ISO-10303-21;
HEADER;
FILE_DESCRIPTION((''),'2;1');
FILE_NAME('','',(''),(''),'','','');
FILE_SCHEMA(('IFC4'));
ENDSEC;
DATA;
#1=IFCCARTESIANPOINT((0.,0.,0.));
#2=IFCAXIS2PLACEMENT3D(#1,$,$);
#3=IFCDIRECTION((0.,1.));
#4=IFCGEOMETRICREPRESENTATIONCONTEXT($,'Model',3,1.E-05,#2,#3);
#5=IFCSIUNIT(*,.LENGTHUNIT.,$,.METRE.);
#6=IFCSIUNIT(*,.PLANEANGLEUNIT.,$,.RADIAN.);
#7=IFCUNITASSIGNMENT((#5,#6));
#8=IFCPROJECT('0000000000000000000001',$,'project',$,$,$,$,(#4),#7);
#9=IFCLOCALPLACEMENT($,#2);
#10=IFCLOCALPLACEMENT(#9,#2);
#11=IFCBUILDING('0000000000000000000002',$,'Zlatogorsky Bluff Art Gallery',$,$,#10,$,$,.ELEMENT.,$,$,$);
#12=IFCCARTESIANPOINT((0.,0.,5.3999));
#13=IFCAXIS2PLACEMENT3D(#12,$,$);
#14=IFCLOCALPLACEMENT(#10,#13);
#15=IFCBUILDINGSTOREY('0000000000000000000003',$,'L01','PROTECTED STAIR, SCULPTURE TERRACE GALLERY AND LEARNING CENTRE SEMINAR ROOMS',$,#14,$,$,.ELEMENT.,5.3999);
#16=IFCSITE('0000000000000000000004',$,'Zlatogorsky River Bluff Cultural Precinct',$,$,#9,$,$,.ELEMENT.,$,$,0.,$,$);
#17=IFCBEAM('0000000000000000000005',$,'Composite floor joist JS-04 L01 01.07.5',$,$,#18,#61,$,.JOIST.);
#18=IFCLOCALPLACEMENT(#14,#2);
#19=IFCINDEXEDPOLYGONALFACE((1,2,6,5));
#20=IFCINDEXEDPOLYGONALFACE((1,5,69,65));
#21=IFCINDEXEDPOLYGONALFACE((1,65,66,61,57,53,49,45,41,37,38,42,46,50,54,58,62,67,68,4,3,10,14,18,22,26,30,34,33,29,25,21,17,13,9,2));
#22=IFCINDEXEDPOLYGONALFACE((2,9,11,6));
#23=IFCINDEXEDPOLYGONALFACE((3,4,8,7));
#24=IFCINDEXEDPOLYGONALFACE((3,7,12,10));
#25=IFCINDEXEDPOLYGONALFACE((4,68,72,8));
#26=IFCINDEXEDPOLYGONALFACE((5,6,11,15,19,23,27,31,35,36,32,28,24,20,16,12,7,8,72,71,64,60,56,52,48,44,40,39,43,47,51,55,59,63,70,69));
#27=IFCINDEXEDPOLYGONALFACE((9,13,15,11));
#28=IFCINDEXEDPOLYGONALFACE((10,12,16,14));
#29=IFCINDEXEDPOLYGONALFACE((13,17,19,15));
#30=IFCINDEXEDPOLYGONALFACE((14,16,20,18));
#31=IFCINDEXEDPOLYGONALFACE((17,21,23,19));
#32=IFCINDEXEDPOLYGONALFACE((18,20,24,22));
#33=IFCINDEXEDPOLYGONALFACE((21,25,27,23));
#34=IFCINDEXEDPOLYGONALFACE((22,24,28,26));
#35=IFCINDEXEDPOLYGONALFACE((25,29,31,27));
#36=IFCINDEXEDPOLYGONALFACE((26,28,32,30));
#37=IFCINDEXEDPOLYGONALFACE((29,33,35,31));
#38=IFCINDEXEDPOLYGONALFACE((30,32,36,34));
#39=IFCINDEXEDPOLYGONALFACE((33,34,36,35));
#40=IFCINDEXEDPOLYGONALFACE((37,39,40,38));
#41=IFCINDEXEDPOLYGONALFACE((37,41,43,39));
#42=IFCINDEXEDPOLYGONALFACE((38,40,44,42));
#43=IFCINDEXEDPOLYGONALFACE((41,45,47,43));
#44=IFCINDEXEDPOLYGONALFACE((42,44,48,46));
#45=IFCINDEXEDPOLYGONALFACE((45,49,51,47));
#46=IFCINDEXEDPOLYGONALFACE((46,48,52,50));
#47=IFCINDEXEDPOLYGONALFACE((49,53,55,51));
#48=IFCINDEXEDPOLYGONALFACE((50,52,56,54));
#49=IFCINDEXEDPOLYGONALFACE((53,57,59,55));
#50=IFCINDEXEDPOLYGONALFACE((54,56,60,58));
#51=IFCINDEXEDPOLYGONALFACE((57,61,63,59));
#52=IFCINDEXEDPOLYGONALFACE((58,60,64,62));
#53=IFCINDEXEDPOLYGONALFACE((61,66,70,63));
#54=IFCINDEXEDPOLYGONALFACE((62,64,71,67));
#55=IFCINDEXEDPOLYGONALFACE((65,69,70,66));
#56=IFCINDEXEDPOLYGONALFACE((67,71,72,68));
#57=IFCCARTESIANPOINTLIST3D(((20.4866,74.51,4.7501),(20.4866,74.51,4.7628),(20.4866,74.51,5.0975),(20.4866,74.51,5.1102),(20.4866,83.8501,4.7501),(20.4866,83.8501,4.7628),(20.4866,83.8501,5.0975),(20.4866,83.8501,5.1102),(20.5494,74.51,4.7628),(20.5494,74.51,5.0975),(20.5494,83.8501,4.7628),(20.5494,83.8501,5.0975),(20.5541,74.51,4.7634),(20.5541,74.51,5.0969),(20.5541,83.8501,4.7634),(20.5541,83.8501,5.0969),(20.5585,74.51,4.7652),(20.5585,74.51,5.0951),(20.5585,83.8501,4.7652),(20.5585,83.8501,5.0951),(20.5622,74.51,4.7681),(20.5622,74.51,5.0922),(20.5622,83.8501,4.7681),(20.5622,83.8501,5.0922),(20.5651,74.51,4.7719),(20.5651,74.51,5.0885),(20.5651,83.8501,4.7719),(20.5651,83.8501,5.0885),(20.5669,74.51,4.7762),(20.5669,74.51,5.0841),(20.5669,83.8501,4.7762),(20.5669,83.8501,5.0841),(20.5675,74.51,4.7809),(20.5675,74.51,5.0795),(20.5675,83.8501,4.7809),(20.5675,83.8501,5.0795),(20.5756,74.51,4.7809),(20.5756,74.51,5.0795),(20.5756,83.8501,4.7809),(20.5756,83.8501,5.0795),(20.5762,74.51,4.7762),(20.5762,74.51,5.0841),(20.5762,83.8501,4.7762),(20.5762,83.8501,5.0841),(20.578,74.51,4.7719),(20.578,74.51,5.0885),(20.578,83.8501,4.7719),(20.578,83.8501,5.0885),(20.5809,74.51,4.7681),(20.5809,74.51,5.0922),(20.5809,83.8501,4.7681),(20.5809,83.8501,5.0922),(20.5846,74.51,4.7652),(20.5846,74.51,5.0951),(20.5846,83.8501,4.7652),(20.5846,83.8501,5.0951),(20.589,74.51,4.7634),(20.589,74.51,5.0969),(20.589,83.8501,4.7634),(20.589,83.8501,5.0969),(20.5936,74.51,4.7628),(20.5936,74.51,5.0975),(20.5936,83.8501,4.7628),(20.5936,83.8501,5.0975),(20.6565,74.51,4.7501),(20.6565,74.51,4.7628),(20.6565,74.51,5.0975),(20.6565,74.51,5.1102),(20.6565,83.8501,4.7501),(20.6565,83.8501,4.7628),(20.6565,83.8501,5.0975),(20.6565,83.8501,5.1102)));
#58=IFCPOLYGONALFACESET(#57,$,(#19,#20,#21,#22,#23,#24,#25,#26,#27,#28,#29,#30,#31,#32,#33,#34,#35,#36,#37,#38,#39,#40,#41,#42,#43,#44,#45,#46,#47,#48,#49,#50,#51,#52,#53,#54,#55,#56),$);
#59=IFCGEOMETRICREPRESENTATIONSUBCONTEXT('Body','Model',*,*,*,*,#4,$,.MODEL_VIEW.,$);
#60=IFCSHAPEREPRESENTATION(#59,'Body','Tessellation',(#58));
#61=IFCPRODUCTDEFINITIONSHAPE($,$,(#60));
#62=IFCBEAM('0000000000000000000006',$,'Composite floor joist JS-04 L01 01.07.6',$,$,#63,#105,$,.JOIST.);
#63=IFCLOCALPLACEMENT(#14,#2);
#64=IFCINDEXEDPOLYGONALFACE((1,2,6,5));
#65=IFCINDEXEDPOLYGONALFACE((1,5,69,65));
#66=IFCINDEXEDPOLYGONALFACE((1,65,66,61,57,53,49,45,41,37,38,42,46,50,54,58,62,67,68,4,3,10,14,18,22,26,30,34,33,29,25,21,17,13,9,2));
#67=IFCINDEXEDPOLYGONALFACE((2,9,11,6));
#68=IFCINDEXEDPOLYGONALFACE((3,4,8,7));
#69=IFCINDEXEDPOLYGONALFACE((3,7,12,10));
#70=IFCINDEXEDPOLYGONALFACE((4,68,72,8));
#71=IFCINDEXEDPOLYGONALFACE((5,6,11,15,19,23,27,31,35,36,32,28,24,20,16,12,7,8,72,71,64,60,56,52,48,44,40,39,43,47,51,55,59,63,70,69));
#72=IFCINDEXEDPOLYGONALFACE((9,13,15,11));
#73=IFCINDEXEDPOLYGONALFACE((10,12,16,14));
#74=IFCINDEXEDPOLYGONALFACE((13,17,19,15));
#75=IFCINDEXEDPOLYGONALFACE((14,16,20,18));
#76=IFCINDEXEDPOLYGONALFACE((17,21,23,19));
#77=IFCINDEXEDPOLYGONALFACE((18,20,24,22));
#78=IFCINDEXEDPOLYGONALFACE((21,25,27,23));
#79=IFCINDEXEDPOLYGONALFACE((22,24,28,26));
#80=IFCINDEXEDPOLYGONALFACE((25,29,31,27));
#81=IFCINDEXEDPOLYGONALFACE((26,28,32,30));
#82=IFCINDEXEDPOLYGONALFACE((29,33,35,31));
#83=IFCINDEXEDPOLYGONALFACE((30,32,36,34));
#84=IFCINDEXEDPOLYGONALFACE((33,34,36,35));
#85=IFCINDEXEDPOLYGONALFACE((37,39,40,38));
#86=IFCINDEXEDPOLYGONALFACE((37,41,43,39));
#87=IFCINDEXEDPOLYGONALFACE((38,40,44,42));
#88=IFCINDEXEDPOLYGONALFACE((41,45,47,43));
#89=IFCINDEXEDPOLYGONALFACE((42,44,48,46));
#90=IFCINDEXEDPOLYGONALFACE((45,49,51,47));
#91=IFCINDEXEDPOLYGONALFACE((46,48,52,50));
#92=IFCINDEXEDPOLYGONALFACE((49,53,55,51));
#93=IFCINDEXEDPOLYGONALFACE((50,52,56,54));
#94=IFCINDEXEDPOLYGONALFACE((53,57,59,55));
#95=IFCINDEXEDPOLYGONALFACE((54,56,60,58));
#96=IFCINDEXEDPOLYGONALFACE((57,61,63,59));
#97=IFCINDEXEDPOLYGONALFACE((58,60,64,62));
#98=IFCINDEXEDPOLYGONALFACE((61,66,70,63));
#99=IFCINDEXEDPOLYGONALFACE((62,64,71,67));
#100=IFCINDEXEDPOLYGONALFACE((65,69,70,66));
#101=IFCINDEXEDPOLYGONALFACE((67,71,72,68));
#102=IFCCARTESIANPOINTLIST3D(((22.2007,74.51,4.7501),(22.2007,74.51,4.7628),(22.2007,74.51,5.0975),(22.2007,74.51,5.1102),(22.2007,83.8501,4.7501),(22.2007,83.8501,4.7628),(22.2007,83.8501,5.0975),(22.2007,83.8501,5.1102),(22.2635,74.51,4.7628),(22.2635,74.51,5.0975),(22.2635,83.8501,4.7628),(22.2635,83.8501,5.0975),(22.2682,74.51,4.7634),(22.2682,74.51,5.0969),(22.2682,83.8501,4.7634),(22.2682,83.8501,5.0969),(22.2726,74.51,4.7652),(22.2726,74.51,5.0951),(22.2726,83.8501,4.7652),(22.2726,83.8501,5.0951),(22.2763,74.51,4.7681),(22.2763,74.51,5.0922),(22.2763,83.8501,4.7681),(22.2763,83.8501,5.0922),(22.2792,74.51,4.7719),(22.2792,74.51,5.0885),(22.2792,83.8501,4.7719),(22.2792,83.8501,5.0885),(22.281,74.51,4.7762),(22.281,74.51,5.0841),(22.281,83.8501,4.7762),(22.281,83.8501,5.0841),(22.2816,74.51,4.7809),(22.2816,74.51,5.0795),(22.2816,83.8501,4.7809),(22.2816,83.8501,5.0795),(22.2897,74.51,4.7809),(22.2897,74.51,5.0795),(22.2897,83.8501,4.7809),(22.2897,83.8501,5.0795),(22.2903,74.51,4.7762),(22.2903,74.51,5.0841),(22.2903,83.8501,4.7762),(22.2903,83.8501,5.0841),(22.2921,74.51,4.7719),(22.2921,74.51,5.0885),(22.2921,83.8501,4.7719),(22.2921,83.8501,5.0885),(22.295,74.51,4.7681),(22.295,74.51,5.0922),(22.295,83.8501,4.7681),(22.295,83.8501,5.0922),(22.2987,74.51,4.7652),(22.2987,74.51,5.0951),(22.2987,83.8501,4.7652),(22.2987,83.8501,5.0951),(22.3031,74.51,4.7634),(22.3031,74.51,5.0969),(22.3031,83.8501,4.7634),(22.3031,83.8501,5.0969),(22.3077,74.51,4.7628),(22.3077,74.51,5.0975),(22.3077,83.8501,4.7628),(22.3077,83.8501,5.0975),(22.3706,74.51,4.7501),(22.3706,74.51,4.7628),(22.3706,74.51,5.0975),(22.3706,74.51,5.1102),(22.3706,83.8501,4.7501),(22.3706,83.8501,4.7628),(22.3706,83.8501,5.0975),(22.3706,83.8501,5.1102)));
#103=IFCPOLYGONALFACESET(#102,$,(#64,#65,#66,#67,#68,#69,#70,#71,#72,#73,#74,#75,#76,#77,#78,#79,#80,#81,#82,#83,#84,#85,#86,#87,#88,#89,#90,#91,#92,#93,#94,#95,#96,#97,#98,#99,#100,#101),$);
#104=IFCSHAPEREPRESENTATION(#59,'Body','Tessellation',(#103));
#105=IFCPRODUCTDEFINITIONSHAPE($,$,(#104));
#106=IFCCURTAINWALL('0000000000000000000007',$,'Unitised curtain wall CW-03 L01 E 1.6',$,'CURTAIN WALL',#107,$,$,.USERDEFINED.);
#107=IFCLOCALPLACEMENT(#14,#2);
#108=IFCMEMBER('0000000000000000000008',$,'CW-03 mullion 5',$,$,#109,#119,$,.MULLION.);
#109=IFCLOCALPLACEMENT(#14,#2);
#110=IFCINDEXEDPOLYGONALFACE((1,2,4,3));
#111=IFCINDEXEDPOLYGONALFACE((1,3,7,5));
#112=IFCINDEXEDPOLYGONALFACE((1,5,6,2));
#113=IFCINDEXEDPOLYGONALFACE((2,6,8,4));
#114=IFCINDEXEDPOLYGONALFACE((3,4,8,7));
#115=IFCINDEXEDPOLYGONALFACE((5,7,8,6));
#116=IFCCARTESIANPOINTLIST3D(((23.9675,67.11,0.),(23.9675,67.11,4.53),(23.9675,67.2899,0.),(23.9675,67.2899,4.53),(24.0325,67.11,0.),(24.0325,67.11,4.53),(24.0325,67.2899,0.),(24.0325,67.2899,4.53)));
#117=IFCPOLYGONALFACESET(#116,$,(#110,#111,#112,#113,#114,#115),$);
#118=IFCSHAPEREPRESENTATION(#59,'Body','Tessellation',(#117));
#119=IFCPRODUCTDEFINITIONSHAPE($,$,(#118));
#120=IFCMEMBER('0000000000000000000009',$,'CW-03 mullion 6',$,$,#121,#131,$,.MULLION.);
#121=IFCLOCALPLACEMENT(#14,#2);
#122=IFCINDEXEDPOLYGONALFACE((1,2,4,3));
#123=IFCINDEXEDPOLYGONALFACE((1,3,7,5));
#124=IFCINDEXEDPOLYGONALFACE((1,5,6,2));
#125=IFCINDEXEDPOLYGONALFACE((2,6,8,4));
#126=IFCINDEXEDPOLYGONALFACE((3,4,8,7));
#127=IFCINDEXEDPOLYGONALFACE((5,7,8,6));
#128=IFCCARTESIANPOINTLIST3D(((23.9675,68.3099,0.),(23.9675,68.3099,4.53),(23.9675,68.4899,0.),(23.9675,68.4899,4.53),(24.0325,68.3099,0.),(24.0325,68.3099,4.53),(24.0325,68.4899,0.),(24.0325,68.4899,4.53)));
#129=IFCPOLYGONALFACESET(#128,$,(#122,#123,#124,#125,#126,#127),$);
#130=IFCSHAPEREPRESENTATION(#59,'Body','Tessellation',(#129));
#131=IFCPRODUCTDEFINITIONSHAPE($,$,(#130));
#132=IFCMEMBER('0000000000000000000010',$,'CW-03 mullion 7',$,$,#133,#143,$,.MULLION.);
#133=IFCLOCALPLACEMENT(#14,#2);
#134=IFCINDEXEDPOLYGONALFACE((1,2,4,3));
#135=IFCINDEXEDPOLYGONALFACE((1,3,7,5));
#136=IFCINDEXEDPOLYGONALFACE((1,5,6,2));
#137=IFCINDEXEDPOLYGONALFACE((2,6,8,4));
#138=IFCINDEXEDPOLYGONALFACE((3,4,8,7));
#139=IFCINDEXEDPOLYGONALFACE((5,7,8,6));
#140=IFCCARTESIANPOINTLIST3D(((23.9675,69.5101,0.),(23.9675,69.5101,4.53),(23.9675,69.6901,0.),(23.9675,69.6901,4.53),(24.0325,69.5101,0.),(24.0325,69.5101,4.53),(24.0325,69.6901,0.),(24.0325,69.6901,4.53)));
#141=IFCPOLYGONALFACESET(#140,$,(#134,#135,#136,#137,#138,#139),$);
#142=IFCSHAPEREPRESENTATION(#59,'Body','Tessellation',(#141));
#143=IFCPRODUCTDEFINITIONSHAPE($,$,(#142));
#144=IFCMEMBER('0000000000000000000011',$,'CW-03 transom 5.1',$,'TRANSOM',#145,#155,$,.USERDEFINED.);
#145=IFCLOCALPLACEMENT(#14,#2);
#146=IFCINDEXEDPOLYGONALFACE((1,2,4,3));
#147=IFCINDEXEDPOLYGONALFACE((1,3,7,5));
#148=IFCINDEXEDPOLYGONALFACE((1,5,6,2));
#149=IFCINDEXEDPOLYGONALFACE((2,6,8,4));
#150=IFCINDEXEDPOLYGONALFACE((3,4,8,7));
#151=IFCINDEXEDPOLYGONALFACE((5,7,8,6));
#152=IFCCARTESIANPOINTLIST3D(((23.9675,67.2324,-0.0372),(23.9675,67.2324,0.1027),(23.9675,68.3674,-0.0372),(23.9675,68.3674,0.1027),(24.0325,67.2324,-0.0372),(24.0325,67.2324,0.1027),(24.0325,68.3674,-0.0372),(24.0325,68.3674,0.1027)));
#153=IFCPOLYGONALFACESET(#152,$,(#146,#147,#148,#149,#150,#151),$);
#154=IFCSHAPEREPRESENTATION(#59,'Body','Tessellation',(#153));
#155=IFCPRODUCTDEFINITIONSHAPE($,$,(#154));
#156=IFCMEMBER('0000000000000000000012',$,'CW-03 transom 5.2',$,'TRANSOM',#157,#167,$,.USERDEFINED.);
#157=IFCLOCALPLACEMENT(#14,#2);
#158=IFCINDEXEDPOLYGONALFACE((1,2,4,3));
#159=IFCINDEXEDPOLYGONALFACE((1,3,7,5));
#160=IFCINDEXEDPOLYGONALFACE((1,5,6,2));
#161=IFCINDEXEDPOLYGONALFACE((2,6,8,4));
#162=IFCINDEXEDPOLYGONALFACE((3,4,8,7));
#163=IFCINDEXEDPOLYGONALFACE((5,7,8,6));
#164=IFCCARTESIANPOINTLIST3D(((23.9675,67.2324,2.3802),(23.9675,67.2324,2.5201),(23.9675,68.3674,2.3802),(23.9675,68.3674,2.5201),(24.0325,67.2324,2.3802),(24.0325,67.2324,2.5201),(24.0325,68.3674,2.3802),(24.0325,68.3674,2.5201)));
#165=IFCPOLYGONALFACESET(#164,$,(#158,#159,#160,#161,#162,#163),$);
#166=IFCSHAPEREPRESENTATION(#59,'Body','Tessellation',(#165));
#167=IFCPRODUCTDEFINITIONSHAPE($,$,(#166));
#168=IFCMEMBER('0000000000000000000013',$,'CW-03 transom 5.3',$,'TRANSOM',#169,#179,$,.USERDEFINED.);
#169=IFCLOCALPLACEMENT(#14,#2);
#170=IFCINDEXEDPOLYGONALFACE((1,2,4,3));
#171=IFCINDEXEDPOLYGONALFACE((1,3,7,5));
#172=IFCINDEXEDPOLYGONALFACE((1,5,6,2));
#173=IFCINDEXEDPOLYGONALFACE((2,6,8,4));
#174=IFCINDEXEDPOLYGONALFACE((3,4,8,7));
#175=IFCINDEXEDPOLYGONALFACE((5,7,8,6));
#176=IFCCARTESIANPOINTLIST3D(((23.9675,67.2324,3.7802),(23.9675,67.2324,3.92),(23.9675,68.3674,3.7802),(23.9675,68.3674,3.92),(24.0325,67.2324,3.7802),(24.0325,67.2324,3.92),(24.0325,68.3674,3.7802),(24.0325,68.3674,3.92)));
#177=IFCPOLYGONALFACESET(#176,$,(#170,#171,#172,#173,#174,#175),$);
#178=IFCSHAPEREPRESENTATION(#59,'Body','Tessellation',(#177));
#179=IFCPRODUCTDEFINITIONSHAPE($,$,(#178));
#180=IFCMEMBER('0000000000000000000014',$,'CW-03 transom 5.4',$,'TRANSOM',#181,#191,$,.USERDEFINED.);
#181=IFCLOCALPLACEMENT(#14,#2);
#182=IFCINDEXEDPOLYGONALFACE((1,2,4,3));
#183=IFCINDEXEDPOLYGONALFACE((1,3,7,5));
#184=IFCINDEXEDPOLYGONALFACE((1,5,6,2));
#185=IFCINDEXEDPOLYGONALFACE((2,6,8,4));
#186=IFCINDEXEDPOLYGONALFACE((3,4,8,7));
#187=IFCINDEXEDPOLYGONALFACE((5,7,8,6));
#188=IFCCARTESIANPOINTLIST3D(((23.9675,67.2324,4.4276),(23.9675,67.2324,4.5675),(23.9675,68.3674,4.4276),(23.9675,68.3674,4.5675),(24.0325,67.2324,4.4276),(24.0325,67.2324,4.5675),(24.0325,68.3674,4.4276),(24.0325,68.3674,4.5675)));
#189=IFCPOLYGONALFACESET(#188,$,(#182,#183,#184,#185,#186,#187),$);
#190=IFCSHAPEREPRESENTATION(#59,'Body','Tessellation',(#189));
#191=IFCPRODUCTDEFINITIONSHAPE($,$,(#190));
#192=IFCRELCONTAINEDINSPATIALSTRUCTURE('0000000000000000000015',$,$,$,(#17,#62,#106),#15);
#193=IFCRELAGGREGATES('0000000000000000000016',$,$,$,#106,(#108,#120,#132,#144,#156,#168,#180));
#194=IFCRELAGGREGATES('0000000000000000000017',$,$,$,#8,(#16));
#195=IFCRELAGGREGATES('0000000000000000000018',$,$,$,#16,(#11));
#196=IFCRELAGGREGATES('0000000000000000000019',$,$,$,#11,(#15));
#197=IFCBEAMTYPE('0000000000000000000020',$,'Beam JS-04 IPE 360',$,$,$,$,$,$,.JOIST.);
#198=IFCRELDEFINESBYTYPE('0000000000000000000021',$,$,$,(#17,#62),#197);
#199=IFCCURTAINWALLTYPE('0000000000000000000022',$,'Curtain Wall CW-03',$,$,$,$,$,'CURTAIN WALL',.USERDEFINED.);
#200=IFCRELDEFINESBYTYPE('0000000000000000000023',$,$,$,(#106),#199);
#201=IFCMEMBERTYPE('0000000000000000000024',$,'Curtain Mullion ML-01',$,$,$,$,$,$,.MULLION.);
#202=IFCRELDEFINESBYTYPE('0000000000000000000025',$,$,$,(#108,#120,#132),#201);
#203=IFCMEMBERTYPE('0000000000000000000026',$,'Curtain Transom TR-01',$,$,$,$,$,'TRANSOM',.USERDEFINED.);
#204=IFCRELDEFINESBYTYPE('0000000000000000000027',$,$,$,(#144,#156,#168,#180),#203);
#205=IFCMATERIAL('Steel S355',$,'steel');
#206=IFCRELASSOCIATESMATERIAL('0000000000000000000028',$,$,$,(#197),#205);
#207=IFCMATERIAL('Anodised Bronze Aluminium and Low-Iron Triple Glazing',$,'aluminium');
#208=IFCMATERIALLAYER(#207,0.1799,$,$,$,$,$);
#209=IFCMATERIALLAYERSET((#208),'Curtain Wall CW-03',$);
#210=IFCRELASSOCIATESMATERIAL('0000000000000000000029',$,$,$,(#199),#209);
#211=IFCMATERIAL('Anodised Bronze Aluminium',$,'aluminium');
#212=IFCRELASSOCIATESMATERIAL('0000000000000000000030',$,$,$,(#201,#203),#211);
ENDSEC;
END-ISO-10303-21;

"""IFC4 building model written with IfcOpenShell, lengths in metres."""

from ifc_helpers import new_model, si_unit, direction, frame, origin, origin_2d, place, context, subcontext, project, spatial, rectangle, i_section, extrude, material, layer, layer_set, material_profile, profile_set, type_object, element, aggregate, save


model = new_model("IFC4")

# Units and contexts
model_context = context("Model", 3, precision=1e-05, world=origin(), true_north=direction((0.0, 1.0)))
body_context = subcontext(model_context, "Body", "Model", "MODEL_VIEW")
ifc_project = project(units=[si_unit("LENGTHUNIT", "METRE"), si_unit("PLANEANGLEUNIT", "RADIAN")], contexts=[model_context])

# Site, building, storey
site_placement = place(None, origin())
site = spatial("IfcSite", under=ifc_project, at=site_placement, Name="Zlatogorsky River Bluff Cultural Precinct", CompositionType="ELEMENT", RefElevation=0.0)
building_placement = place(site_placement, origin())
building = spatial("IfcBuilding", under=site, at=building_placement, Name="Zlatogorsky Bluff Art Gallery", CompositionType="ELEMENT")
storey_placement = place(building_placement, frame((0.0, 0.0, 5.3999)))
storey = spatial("IfcBuildingStorey", under=building, at=storey_placement, Name="L01", Description="PROTECTED STAIR, SCULPTURE TERRACE GALLERY AND LEARNING CENTRE SEMINAR ROOMS", CompositionType="ELEMENT", Elevation=5.3999)

# Beams
ifc_material_1 = material(Name="Steel S355", Category="steel")
ifc_material_profile_1 = material_profile(ifc_material_1, i_section(OverallWidth=0.1699, OverallDepth=0.3601, WebThickness=0.0081, FlangeThickness=0.0127, FilletRadius=0.0181, at=origin_2d()), Name="IPE 360")
ifc_profile_set_1 = profile_set([ifc_material_profile_1], Name="Steel S355")
beam_type = type_object("IfcBeamType", Name="Beam JS-04 IPE 360", PredefinedType="JOIST", material=ifc_profile_set_1)
for number, where, z_axis, x_axis, name in (
    (1, (20.5715, 74.51, 4.9302), (0.0, 1.0, 0.0), (-1.0, 0.0, 0.0), "Composite floor joist JS-04 L01 01.07.5"),
    (2, (22.2856, 74.51, 4.9302), (0.0, 1.0, 0.0), (-1.0, 0.0, 0.0), "Composite floor joist JS-04 L01 01.07.6"),
):
    element("IfcBeam", number, at=place(storey_placement, frame(where, z_axis=z_axis, x_axis=x_axis)), inside=storey, type_object=beam_type, Name=name, PredefinedType="JOIST", context=body_context, shape_type="SweptSolid", body=[
        extrude(i_section(OverallWidth=0.1699, OverallDepth=0.3601, WebThickness=0.0081, FlangeThickness=0.0127, FilletRadius=0.0181, at=origin_2d()), origin(), (0.0, 0.0, 1.0), 9.3401),
    ])

# Curtain wall, members
ifc_material_2 = material(Name="Anodised Bronze Aluminium and Low-Iron Triple Glazing", Category="aluminium")
ifc_layer_1 = layer(ifc_material_2, 0.1799)
ifc_layer_set_1 = layer_set([ifc_layer_1], Name="Curtain Wall CW-03")
curtain_wall_type = type_object("IfcCurtainWallType", Name="Curtain Wall CW-03", ElementType="CURTAIN WALL", PredefinedType="USERDEFINED", material=ifc_layer_set_1)
curtain_wall_placement = place(storey_placement, origin())
curtain_wall = element("IfcCurtainWall", 3, at=curtain_wall_placement, inside=storey, type_object=curtain_wall_type, Name="Unitised curtain wall CW-03 L01 E 1.6", ObjectType="CURTAIN WALL", PredefinedType="USERDEFINED")
ifc_material_3 = material(Name="Anodised Bronze Aluminium", Category="aluminium")
ifc_material_profile_2 = material_profile(ifc_material_3, rectangle(XDim=0.0649, YDim=0.1799, at=origin_2d()), Name="ALU MULLION 65x180")
ifc_profile_set_2 = profile_set([ifc_material_profile_2], Name="Anodised Bronze Aluminium")
member_type_1 = type_object("IfcMemberType", Name="Curtain Mullion ML-01", PredefinedType="MULLION", material=ifc_profile_set_2)
member_1_placement = place(storey_placement, frame((24.0, 67.2, 0.0), z_axis=(0.0, 0.0, 1.0), x_axis=(-1.0, 0.0, 0.0)))
member_1 = element("IfcMember", 4, at=member_1_placement, type_object=member_type_1, Name="CW-03 mullion 5", PredefinedType="MULLION", context=body_context, shape_type="SweptSolid", body=[
    extrude(rectangle(XDim=0.0649, YDim=0.1799, at=origin_2d()), origin(), (0.0, 0.0, 1.0), 4.53),
])
member_2_placement = place(storey_placement, frame((24.0, 68.3999, 0.0), z_axis=(0.0, 0.0, 1.0), x_axis=(-1.0, 0.0, 0.0)))
member_2 = element("IfcMember", 5, at=member_2_placement, type_object=member_type_1, Name="CW-03 mullion 6", PredefinedType="MULLION", context=body_context, shape_type="SweptSolid", body=[
    extrude(rectangle(XDim=0.0649, YDim=0.1799, at=origin_2d()), origin(), (0.0, 0.0, 1.0), 4.53),
])
member_3_placement = place(storey_placement, frame((24.0, 69.6001, 0.0), z_axis=(0.0, 0.0, 1.0), x_axis=(-1.0, 0.0, 0.0)))
member_3 = element("IfcMember", 6, at=member_3_placement, type_object=member_type_1, Name="CW-03 mullion 7", PredefinedType="MULLION", context=body_context, shape_type="SweptSolid", body=[
    extrude(rectangle(XDim=0.0649, YDim=0.1799, at=origin_2d()), origin(), (0.0, 0.0, 1.0), 4.53),
])
ifc_material_profile_3 = material_profile(ifc_material_3, rectangle(XDim=0.0649, YDim=0.1399, at=origin_2d()), Name="ALU TRANSOM 65x140")
ifc_profile_set_3 = profile_set([ifc_material_profile_3], Name="Anodised Bronze Aluminium")
member_type_2 = type_object("IfcMemberType", Name="Curtain Transom TR-01", ElementType="TRANSOM", PredefinedType="USERDEFINED", material=ifc_profile_set_3)
member_4_placement = place(storey_placement, frame((24.0, 67.2324, 0.0327), z_axis=(0.0, 1.0, 0.0), x_axis=(-1.0, 0.0, 0.0)))
member_4 = element("IfcMember", 7, at=member_4_placement, type_object=member_type_2, Name="CW-03 transom 5.1", ObjectType="TRANSOM", PredefinedType="USERDEFINED", context=body_context, shape_type="SweptSolid", body=[
    extrude(rectangle(XDim=0.0649, YDim=0.1399, at=origin_2d()), origin(), (0.0, 0.0, 1.0), 1.135),
])
member_5_placement = place(storey_placement, frame((24.0, 67.2324, 2.4502), z_axis=(0.0, 1.0, 0.0), x_axis=(-1.0, 0.0, 0.0)))
member_5 = element("IfcMember", 8, at=member_5_placement, type_object=member_type_2, Name="CW-03 transom 5.2", ObjectType="TRANSOM", PredefinedType="USERDEFINED", context=body_context, shape_type="SweptSolid", body=[
    extrude(rectangle(XDim=0.0649, YDim=0.1399, at=origin_2d()), origin(), (0.0, 0.0, 1.0), 1.135),
])
member_6_placement = place(storey_placement, frame((24.0, 67.2324, 3.8501), z_axis=(0.0, 1.0, 0.0), x_axis=(-1.0, 0.0, 0.0)))
member_6 = element("IfcMember", 9, at=member_6_placement, type_object=member_type_2, Name="CW-03 transom 5.3", ObjectType="TRANSOM", PredefinedType="USERDEFINED", context=body_context, shape_type="SweptSolid", body=[
    extrude(rectangle(XDim=0.0649, YDim=0.1399, at=origin_2d()), origin(), (0.0, 0.0, 1.0), 1.135),
])
member_7_placement = place(storey_placement, frame((24.0, 67.2324, 4.4976), z_axis=(0.0, 1.0, 0.0), x_axis=(-1.0, 0.0, 0.0)))
member_7 = element("IfcMember", 10, at=member_7_placement, type_object=member_type_2, Name="CW-03 transom 5.4", ObjectType="TRANSOM", PredefinedType="USERDEFINED", context=body_context, shape_type="SweptSolid", body=[
    extrude(rectangle(XDim=0.0649, YDim=0.1399, at=origin_2d()), origin(), (0.0, 0.0, 1.0), 1.135),
])
aggregate(curtain_wall, [member_1, member_2, member_3, member_4, member_5, member_6, member_7])

save(model, "model.ifc")
